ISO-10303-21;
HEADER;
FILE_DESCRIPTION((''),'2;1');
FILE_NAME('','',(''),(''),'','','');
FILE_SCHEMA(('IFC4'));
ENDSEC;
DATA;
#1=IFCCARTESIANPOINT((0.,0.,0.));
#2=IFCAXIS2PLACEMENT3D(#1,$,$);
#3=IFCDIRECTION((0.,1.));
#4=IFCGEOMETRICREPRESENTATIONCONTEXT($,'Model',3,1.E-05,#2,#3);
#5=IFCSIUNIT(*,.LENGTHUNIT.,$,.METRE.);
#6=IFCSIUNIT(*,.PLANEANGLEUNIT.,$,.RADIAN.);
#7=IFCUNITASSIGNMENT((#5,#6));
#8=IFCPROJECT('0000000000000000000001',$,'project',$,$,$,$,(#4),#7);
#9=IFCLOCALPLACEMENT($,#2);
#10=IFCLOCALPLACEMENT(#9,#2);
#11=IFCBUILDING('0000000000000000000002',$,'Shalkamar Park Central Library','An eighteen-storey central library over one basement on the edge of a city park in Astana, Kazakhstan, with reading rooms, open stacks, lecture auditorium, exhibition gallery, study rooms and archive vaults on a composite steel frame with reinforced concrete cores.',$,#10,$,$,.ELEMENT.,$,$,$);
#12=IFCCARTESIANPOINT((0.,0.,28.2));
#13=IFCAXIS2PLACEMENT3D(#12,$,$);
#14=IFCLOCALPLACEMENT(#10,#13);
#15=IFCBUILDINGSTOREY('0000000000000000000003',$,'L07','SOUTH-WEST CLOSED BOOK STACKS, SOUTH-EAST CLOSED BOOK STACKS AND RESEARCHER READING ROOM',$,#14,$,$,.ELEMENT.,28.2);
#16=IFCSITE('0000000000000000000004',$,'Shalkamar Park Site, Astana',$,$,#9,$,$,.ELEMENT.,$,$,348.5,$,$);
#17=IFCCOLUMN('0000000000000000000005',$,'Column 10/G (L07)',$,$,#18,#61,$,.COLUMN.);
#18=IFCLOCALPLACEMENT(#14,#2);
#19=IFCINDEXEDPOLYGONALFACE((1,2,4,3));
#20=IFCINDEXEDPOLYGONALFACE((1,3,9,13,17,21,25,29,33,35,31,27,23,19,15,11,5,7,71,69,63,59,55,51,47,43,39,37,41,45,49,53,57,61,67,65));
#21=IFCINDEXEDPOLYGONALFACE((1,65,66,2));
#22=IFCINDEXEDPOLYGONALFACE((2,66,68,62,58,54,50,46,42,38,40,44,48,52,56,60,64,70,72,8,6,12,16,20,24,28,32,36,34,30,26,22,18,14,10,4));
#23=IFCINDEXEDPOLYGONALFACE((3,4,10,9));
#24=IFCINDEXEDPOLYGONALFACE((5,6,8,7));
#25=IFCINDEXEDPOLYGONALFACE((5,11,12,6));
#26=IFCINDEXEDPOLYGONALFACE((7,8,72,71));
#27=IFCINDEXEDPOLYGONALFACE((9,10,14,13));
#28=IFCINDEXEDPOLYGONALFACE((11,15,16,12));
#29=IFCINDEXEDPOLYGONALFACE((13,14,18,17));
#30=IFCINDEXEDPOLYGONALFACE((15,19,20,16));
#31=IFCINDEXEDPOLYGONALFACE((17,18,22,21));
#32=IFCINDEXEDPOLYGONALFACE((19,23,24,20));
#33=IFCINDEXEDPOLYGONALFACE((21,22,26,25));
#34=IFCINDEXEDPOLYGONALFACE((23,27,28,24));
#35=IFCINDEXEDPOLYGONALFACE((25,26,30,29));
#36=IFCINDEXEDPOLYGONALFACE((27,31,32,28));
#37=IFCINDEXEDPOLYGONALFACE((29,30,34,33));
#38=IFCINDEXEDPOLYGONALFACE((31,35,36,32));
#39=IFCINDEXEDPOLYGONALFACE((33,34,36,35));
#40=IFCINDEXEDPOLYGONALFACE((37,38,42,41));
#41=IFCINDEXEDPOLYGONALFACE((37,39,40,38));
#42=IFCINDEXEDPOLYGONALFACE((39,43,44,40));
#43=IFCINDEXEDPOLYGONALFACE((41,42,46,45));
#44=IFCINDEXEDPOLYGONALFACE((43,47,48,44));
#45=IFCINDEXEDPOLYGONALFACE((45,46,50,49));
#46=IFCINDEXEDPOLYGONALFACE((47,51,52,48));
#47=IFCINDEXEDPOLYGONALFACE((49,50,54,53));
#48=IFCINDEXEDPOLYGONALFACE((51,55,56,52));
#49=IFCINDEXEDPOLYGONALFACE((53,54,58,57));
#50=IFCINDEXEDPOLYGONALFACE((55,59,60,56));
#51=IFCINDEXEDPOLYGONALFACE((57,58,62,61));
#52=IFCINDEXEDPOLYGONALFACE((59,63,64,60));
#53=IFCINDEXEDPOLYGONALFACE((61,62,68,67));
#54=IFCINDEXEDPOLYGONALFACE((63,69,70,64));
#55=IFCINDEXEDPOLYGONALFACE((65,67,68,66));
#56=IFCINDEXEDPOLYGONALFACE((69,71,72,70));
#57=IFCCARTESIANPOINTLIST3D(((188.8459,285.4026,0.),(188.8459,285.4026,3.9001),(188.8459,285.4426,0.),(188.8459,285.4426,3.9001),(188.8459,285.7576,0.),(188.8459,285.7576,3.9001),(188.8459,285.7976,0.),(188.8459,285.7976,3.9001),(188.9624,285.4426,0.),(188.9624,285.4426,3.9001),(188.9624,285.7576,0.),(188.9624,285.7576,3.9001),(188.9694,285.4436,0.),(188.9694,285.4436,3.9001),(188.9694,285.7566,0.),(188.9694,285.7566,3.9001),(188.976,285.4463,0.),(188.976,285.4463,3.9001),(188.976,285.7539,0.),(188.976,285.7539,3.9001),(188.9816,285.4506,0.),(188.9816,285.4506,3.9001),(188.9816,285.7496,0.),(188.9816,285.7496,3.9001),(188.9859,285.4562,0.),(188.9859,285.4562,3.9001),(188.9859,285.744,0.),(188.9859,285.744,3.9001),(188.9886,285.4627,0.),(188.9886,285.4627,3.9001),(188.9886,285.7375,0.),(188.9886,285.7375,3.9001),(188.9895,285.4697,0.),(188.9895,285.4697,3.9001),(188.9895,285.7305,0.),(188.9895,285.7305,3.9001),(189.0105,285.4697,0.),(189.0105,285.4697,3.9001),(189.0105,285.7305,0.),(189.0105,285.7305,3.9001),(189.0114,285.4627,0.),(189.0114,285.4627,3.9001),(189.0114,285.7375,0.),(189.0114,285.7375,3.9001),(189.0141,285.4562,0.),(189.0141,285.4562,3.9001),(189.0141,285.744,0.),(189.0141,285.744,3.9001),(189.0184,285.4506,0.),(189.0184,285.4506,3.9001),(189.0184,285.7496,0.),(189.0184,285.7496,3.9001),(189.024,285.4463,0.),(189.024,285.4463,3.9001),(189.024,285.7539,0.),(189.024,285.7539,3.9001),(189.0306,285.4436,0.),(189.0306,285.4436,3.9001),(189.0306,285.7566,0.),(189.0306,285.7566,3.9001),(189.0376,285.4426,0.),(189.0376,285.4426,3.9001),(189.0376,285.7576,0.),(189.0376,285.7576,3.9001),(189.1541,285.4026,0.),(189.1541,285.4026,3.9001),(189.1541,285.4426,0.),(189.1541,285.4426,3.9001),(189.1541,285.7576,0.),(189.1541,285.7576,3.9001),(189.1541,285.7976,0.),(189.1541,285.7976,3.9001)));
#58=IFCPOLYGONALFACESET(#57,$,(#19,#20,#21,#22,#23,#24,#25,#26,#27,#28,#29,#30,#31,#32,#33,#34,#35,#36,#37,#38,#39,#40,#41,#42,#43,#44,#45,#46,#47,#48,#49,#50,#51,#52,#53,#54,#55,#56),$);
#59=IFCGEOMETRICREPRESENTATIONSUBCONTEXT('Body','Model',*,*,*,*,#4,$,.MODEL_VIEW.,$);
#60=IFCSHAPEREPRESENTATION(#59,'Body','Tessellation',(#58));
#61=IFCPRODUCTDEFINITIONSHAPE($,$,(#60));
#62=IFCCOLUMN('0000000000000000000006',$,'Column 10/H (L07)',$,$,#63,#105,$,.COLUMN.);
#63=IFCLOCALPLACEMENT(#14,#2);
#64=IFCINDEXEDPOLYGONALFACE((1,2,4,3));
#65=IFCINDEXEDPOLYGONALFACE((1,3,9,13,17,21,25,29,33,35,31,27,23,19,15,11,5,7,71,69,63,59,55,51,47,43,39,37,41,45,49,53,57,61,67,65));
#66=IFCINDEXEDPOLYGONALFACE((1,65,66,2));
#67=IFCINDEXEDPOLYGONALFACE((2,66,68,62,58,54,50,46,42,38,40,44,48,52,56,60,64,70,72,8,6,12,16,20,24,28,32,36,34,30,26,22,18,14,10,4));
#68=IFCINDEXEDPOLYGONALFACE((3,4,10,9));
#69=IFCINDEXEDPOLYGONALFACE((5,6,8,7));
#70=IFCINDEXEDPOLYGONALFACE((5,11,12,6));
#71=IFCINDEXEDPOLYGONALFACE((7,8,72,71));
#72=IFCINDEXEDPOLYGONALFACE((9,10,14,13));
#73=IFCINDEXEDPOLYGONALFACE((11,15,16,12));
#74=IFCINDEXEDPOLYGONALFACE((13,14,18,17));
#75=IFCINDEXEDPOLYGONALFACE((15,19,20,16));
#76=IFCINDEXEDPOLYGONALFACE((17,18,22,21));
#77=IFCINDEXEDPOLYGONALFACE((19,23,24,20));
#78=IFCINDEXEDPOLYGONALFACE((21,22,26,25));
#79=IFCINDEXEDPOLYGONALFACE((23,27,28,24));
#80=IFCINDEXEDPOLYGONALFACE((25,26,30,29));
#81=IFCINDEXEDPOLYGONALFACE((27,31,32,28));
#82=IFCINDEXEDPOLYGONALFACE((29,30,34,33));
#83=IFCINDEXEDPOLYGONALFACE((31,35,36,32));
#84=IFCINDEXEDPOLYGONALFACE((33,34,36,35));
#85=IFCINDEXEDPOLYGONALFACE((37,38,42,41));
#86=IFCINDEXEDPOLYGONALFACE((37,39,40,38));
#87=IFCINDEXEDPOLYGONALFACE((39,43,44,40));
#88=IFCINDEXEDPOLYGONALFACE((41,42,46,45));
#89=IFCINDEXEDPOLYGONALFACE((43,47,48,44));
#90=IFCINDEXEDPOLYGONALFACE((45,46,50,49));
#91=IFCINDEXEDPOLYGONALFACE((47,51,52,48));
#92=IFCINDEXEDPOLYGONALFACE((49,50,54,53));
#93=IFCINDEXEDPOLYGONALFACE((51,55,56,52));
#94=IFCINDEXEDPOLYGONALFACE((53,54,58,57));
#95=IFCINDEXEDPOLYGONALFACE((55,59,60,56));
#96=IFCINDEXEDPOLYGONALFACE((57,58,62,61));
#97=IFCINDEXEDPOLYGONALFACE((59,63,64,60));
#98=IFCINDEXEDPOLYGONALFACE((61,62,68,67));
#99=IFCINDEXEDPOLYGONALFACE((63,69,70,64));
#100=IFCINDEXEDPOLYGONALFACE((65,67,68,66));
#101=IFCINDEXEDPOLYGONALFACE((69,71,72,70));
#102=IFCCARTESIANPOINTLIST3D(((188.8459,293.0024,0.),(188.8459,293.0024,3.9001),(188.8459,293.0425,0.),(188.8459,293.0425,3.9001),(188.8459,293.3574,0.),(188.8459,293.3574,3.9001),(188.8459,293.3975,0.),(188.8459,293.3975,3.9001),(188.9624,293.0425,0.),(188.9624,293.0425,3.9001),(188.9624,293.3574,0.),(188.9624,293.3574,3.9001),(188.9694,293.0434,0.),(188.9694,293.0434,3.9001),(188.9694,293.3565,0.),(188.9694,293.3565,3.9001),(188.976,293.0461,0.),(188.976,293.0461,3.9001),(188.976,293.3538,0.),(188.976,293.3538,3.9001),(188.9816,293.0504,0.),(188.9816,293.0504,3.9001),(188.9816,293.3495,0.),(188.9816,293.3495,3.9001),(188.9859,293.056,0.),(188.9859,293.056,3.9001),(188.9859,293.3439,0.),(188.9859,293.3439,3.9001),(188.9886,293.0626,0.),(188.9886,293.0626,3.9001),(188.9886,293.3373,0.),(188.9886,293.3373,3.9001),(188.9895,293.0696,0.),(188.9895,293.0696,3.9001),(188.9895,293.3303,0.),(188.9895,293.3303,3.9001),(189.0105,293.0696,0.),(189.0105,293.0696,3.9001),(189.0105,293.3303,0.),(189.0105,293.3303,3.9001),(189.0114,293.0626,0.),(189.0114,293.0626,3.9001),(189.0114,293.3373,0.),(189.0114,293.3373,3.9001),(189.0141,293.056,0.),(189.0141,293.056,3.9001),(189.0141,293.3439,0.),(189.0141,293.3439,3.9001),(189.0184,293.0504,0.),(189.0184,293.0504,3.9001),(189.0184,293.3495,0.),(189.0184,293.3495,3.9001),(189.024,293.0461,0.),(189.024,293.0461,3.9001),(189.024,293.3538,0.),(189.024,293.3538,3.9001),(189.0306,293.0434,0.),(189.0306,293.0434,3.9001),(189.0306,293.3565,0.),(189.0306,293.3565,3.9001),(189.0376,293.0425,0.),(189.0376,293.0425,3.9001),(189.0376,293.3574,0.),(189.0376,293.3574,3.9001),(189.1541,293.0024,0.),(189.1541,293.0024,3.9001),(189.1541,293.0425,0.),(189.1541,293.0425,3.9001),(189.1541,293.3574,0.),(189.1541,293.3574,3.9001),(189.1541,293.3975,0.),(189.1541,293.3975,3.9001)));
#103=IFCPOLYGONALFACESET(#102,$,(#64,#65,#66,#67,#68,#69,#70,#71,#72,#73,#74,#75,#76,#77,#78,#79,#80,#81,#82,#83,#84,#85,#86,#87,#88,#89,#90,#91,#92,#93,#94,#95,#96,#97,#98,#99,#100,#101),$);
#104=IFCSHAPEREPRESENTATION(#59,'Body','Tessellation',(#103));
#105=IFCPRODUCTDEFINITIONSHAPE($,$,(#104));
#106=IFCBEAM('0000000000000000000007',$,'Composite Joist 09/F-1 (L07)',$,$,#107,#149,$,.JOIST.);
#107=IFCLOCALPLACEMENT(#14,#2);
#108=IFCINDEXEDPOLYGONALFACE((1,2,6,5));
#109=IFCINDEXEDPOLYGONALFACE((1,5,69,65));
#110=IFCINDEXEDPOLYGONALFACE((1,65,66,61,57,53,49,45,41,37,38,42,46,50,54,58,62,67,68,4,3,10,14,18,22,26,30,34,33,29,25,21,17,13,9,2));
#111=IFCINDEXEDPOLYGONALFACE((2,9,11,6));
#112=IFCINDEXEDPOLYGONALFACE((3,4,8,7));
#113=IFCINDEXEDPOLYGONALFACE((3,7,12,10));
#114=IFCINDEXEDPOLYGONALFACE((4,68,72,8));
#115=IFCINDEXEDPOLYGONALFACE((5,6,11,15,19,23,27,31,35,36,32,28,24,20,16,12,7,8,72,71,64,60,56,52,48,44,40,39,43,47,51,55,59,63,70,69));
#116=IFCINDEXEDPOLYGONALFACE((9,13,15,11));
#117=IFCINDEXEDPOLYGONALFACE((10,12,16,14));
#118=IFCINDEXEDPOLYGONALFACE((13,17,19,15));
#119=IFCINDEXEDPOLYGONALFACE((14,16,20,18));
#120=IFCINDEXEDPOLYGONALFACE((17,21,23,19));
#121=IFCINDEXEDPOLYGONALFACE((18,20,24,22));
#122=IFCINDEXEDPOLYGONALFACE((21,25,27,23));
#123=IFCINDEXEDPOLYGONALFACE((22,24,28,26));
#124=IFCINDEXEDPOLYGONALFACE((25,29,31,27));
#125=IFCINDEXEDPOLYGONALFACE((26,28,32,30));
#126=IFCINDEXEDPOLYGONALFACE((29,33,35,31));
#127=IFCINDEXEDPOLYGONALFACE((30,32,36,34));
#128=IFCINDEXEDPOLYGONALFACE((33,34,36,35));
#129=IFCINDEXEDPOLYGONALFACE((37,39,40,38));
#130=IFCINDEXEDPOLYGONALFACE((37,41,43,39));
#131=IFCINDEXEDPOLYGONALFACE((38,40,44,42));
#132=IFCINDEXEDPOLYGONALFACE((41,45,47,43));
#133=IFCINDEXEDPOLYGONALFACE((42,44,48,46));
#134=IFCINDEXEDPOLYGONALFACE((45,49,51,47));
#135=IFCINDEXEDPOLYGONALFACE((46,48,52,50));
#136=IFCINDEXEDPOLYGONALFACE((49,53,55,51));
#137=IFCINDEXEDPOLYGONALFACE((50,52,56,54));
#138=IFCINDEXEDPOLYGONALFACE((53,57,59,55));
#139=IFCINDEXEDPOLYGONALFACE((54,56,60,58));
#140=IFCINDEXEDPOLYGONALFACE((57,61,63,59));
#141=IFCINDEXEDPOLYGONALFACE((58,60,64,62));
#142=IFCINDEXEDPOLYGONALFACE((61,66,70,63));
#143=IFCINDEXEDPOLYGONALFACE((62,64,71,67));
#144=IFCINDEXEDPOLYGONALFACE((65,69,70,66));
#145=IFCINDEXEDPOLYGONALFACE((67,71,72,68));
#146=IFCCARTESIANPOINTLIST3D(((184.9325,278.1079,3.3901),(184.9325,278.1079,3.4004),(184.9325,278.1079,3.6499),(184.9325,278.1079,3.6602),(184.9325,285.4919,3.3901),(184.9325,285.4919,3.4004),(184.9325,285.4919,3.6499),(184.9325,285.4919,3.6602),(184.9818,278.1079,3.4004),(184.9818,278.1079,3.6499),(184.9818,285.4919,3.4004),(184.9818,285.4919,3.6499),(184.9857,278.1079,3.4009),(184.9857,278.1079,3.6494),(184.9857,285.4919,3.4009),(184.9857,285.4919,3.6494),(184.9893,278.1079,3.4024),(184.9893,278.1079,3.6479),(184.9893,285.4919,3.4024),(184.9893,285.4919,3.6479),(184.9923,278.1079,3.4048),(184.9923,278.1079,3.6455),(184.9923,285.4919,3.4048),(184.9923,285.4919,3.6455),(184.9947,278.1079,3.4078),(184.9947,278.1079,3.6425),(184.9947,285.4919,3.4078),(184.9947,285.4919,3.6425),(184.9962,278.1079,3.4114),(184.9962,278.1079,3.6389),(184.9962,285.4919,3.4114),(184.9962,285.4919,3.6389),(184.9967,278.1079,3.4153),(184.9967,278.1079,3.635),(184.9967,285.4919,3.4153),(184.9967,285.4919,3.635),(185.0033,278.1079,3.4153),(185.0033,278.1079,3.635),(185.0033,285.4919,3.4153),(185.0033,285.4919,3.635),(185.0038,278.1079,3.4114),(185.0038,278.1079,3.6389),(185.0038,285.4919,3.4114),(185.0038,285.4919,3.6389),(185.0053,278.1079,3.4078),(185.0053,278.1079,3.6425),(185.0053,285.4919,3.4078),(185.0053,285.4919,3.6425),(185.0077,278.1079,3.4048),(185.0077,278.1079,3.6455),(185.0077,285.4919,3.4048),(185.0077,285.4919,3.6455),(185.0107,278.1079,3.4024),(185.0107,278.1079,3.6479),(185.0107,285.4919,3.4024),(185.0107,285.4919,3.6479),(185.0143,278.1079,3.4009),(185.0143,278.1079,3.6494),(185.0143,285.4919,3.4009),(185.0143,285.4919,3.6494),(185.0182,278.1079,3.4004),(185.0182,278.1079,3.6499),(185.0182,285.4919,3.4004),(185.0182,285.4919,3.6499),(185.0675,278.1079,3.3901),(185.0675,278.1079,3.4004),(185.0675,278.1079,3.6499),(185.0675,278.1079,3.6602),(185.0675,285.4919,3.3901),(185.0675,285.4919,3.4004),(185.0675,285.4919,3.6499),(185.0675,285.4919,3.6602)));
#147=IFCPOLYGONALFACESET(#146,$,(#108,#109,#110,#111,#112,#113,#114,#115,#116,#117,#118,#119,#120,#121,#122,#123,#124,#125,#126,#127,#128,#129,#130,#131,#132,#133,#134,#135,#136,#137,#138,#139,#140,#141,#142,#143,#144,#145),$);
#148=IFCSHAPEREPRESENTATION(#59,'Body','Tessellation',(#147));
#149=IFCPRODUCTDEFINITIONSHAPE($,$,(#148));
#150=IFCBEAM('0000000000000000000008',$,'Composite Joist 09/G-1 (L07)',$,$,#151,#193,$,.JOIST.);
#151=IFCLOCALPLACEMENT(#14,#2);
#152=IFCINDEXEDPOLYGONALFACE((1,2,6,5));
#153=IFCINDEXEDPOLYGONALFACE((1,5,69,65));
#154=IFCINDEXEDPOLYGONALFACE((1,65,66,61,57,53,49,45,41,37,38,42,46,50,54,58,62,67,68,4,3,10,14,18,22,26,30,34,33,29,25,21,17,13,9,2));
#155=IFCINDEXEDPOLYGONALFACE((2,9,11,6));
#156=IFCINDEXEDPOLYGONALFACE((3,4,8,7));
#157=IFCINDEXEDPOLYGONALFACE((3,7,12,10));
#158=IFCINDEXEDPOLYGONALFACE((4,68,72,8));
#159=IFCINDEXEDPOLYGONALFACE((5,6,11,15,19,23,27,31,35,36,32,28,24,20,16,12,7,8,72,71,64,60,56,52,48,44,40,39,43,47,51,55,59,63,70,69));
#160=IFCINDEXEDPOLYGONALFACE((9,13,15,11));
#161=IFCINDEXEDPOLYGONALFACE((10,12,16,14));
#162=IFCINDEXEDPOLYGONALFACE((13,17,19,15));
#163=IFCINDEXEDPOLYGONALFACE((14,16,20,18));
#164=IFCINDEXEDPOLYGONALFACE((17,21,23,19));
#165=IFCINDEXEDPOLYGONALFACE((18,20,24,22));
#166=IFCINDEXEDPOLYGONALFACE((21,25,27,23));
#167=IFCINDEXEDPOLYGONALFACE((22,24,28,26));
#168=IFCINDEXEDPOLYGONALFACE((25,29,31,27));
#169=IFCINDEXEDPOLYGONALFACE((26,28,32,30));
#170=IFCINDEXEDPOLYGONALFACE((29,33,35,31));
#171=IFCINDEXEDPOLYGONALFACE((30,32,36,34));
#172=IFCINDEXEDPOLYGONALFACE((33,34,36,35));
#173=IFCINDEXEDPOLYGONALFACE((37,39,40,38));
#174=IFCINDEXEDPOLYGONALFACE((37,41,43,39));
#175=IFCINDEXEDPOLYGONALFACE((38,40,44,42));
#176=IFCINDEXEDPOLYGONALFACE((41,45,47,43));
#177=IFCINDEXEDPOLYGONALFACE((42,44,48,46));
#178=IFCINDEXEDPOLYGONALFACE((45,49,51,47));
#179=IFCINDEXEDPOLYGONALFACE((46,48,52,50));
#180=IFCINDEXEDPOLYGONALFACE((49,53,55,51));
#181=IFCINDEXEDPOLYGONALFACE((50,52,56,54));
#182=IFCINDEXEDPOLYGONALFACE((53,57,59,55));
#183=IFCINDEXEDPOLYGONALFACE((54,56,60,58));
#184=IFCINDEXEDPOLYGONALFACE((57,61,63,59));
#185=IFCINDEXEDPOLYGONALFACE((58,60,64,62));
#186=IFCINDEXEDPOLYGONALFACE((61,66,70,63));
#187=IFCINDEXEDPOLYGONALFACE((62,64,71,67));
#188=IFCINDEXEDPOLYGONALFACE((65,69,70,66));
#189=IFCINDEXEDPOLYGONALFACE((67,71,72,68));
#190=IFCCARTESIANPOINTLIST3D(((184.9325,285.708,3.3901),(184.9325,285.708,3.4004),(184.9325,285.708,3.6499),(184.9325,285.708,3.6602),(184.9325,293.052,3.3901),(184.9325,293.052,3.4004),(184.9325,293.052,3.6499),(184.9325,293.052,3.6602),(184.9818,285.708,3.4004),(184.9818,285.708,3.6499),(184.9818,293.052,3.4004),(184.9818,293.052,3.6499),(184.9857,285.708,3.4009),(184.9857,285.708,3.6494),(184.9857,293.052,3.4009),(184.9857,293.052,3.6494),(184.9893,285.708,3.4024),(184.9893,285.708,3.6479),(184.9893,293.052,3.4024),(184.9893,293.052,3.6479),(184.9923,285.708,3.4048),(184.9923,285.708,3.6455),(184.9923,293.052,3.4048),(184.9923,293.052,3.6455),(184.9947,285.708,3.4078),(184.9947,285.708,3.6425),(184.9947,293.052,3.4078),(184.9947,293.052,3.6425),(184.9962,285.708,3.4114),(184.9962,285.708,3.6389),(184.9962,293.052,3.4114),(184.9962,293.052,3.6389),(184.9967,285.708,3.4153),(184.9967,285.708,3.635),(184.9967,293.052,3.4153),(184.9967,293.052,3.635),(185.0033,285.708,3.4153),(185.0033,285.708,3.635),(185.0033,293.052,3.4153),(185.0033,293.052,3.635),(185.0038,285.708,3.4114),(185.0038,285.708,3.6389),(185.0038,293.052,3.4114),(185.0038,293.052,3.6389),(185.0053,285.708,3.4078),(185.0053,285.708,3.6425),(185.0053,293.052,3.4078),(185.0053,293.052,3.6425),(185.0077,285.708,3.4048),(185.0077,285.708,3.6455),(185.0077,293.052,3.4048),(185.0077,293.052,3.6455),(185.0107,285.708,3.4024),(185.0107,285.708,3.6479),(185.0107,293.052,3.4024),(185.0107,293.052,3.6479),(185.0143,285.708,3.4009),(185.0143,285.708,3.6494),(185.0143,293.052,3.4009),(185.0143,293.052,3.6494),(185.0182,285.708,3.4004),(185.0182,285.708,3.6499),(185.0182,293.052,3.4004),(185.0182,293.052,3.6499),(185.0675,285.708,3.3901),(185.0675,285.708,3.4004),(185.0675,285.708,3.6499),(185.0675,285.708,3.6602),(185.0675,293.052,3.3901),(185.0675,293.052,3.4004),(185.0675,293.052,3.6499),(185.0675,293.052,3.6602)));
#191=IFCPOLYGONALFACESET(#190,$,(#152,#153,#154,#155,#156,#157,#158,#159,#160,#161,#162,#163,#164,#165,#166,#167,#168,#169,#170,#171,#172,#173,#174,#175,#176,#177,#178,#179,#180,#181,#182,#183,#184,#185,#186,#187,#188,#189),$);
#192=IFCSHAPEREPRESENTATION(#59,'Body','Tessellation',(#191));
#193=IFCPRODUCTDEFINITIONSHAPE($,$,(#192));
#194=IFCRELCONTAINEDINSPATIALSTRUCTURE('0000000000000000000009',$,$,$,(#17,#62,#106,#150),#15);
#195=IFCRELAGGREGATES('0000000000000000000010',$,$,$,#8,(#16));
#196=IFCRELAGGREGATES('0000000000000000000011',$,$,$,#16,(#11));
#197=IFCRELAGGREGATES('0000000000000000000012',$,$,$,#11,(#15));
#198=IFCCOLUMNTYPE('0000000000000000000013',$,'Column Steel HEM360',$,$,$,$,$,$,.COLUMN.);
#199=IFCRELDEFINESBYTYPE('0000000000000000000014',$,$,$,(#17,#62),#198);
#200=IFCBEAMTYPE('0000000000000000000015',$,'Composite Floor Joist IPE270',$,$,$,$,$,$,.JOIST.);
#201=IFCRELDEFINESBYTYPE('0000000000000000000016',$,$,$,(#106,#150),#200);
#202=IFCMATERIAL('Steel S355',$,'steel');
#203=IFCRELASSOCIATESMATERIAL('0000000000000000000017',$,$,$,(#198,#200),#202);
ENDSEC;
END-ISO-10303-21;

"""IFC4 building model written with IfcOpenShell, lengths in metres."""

from ifc_helpers import new_model, si_unit, direction, frame, origin, origin_2d, place, context, subcontext, project, spatial, i_section, extrude, material, material_profile, profile_set, type_object, element, save


model = new_model("IFC4")

# Units and contexts
model_context = context("Model", 3, precision=1e-05, world=origin(), true_north=direction((0.0, 1.0)))
body_context = subcontext(model_context, "Body", "Model", "MODEL_VIEW")
ifc_project = project(units=[si_unit("LENGTHUNIT", "METRE"), si_unit("PLANEANGLEUNIT", "RADIAN")], contexts=[model_context])

# Site, building, storey
site_placement = place(None, origin())
site = spatial("IfcSite", under=ifc_project, at=site_placement, Name="Shalkamar Park Site, Astana", CompositionType="ELEMENT", RefElevation=348.5)
building_placement = place(site_placement, origin())
building = spatial("IfcBuilding", under=site, at=building_placement, Name="Shalkamar Park Central Library", Description="An eighteen-storey central library over one basement on the edge of a city park in Astana, Kazakhstan, with reading rooms, open stacks, lecture auditorium, exhibition gallery, study rooms and archive vaults on a composite steel frame with reinforced concrete cores.", CompositionType="ELEMENT")
storey_placement = place(building_placement, frame((0.0, 0.0, 28.2)))
storey = spatial("IfcBuildingStorey", under=building, at=storey_placement, Name="L07", Description="SOUTH-WEST CLOSED BOOK STACKS, SOUTH-EAST CLOSED BOOK STACKS AND RESEARCHER READING ROOM", CompositionType="ELEMENT", Elevation=28.2)

# Columns
ifc_material_1 = material(Name="Steel S355", Category="steel")
ifc_material_profile_1 = material_profile(ifc_material_1, i_section(OverallWidth=0.3081, OverallDepth=0.395, WebThickness=0.021, FlangeThickness=0.04, FilletRadius=0.0271, at=origin_2d()), Name="HEM 360")
ifc_profile_set_1 = profile_set([ifc_material_profile_1], Name="Steel S355")
column_type = type_object("IfcColumnType", Name="Column Steel HEM360", PredefinedType="COLUMN", material=ifc_profile_set_1)
for number, where, z_axis, x_axis, name in (
    (1, (189.0, 285.6001, 0.0), (0.0, 0.0, 1.0), (1.0, 0.0, 0.0), "Column 10/G (L07)"),
    (2, (189.0, 293.2, 0.0), (0.0, 0.0, 1.0), (1.0, 0.0, 0.0), "Column 10/H (L07)"),
):
    element("IfcColumn", number, at=place(storey_placement, frame(where, z_axis=z_axis, x_axis=x_axis)), inside=storey, type_object=column_type, Name=name, PredefinedType="COLUMN", context=body_context, shape_type="SweptSolid", body=[
        extrude(i_section(OverallWidth=0.3081, OverallDepth=0.395, WebThickness=0.021, FlangeThickness=0.04, FilletRadius=0.0271, at=origin_2d()), origin(), (0.0, 0.0, 1.0), 3.9001),
    ])

# Beams
ifc_material_profile_2 = material_profile(ifc_material_1, i_section(OverallWidth=0.135, OverallDepth=0.27, WebThickness=0.0066, FlangeThickness=0.0103, FilletRadius=0.0149, at=origin_2d()), Name="IPE 270")
ifc_profile_set_2 = profile_set([ifc_material_profile_2], Name="Steel S355")
beam_type_1 = type_object("IfcBeamType", Name="Composite Floor Joist IPE270", PredefinedType="JOIST", material=ifc_profile_set_2)
beam_1_placement = place(storey_placement, frame((185.0, 278.1079, 3.5251), z_axis=(0.0, 1.0, 0.0), x_axis=(-1.0, 0.0, 0.0)))
element("IfcBeam", 3, at=beam_1_placement, inside=storey, type_object=beam_type_1, Name="Composite Joist 09/F-1 (L07)", PredefinedType="JOIST", context=body_context, shape_type="SweptSolid", body=[
    extrude(i_section(OverallWidth=0.135, OverallDepth=0.27, WebThickness=0.0066, FlangeThickness=0.0103, FilletRadius=0.0149, at=origin_2d()), origin(), (0.0, 0.0, 1.0), 7.384),
])
beam_2_placement = place(storey_placement, frame((185.0, 285.708, 3.5251), z_axis=(0.0, 1.0, 0.0), x_axis=(-1.0, 0.0, 0.0)))
element("IfcBeam", 4, at=beam_2_placement, inside=storey, type_object=beam_type_1, Name="Composite Joist 09/G-1 (L07)", PredefinedType="JOIST", context=body_context, shape_type="SweptSolid", body=[
    extrude(i_section(OverallWidth=0.135, OverallDepth=0.27, WebThickness=0.0066, FlangeThickness=0.0103, FilletRadius=0.0149, at=origin_2d()), origin(), (0.0, 0.0, 1.0), 7.344),
])

save(model, "model.ifc")
